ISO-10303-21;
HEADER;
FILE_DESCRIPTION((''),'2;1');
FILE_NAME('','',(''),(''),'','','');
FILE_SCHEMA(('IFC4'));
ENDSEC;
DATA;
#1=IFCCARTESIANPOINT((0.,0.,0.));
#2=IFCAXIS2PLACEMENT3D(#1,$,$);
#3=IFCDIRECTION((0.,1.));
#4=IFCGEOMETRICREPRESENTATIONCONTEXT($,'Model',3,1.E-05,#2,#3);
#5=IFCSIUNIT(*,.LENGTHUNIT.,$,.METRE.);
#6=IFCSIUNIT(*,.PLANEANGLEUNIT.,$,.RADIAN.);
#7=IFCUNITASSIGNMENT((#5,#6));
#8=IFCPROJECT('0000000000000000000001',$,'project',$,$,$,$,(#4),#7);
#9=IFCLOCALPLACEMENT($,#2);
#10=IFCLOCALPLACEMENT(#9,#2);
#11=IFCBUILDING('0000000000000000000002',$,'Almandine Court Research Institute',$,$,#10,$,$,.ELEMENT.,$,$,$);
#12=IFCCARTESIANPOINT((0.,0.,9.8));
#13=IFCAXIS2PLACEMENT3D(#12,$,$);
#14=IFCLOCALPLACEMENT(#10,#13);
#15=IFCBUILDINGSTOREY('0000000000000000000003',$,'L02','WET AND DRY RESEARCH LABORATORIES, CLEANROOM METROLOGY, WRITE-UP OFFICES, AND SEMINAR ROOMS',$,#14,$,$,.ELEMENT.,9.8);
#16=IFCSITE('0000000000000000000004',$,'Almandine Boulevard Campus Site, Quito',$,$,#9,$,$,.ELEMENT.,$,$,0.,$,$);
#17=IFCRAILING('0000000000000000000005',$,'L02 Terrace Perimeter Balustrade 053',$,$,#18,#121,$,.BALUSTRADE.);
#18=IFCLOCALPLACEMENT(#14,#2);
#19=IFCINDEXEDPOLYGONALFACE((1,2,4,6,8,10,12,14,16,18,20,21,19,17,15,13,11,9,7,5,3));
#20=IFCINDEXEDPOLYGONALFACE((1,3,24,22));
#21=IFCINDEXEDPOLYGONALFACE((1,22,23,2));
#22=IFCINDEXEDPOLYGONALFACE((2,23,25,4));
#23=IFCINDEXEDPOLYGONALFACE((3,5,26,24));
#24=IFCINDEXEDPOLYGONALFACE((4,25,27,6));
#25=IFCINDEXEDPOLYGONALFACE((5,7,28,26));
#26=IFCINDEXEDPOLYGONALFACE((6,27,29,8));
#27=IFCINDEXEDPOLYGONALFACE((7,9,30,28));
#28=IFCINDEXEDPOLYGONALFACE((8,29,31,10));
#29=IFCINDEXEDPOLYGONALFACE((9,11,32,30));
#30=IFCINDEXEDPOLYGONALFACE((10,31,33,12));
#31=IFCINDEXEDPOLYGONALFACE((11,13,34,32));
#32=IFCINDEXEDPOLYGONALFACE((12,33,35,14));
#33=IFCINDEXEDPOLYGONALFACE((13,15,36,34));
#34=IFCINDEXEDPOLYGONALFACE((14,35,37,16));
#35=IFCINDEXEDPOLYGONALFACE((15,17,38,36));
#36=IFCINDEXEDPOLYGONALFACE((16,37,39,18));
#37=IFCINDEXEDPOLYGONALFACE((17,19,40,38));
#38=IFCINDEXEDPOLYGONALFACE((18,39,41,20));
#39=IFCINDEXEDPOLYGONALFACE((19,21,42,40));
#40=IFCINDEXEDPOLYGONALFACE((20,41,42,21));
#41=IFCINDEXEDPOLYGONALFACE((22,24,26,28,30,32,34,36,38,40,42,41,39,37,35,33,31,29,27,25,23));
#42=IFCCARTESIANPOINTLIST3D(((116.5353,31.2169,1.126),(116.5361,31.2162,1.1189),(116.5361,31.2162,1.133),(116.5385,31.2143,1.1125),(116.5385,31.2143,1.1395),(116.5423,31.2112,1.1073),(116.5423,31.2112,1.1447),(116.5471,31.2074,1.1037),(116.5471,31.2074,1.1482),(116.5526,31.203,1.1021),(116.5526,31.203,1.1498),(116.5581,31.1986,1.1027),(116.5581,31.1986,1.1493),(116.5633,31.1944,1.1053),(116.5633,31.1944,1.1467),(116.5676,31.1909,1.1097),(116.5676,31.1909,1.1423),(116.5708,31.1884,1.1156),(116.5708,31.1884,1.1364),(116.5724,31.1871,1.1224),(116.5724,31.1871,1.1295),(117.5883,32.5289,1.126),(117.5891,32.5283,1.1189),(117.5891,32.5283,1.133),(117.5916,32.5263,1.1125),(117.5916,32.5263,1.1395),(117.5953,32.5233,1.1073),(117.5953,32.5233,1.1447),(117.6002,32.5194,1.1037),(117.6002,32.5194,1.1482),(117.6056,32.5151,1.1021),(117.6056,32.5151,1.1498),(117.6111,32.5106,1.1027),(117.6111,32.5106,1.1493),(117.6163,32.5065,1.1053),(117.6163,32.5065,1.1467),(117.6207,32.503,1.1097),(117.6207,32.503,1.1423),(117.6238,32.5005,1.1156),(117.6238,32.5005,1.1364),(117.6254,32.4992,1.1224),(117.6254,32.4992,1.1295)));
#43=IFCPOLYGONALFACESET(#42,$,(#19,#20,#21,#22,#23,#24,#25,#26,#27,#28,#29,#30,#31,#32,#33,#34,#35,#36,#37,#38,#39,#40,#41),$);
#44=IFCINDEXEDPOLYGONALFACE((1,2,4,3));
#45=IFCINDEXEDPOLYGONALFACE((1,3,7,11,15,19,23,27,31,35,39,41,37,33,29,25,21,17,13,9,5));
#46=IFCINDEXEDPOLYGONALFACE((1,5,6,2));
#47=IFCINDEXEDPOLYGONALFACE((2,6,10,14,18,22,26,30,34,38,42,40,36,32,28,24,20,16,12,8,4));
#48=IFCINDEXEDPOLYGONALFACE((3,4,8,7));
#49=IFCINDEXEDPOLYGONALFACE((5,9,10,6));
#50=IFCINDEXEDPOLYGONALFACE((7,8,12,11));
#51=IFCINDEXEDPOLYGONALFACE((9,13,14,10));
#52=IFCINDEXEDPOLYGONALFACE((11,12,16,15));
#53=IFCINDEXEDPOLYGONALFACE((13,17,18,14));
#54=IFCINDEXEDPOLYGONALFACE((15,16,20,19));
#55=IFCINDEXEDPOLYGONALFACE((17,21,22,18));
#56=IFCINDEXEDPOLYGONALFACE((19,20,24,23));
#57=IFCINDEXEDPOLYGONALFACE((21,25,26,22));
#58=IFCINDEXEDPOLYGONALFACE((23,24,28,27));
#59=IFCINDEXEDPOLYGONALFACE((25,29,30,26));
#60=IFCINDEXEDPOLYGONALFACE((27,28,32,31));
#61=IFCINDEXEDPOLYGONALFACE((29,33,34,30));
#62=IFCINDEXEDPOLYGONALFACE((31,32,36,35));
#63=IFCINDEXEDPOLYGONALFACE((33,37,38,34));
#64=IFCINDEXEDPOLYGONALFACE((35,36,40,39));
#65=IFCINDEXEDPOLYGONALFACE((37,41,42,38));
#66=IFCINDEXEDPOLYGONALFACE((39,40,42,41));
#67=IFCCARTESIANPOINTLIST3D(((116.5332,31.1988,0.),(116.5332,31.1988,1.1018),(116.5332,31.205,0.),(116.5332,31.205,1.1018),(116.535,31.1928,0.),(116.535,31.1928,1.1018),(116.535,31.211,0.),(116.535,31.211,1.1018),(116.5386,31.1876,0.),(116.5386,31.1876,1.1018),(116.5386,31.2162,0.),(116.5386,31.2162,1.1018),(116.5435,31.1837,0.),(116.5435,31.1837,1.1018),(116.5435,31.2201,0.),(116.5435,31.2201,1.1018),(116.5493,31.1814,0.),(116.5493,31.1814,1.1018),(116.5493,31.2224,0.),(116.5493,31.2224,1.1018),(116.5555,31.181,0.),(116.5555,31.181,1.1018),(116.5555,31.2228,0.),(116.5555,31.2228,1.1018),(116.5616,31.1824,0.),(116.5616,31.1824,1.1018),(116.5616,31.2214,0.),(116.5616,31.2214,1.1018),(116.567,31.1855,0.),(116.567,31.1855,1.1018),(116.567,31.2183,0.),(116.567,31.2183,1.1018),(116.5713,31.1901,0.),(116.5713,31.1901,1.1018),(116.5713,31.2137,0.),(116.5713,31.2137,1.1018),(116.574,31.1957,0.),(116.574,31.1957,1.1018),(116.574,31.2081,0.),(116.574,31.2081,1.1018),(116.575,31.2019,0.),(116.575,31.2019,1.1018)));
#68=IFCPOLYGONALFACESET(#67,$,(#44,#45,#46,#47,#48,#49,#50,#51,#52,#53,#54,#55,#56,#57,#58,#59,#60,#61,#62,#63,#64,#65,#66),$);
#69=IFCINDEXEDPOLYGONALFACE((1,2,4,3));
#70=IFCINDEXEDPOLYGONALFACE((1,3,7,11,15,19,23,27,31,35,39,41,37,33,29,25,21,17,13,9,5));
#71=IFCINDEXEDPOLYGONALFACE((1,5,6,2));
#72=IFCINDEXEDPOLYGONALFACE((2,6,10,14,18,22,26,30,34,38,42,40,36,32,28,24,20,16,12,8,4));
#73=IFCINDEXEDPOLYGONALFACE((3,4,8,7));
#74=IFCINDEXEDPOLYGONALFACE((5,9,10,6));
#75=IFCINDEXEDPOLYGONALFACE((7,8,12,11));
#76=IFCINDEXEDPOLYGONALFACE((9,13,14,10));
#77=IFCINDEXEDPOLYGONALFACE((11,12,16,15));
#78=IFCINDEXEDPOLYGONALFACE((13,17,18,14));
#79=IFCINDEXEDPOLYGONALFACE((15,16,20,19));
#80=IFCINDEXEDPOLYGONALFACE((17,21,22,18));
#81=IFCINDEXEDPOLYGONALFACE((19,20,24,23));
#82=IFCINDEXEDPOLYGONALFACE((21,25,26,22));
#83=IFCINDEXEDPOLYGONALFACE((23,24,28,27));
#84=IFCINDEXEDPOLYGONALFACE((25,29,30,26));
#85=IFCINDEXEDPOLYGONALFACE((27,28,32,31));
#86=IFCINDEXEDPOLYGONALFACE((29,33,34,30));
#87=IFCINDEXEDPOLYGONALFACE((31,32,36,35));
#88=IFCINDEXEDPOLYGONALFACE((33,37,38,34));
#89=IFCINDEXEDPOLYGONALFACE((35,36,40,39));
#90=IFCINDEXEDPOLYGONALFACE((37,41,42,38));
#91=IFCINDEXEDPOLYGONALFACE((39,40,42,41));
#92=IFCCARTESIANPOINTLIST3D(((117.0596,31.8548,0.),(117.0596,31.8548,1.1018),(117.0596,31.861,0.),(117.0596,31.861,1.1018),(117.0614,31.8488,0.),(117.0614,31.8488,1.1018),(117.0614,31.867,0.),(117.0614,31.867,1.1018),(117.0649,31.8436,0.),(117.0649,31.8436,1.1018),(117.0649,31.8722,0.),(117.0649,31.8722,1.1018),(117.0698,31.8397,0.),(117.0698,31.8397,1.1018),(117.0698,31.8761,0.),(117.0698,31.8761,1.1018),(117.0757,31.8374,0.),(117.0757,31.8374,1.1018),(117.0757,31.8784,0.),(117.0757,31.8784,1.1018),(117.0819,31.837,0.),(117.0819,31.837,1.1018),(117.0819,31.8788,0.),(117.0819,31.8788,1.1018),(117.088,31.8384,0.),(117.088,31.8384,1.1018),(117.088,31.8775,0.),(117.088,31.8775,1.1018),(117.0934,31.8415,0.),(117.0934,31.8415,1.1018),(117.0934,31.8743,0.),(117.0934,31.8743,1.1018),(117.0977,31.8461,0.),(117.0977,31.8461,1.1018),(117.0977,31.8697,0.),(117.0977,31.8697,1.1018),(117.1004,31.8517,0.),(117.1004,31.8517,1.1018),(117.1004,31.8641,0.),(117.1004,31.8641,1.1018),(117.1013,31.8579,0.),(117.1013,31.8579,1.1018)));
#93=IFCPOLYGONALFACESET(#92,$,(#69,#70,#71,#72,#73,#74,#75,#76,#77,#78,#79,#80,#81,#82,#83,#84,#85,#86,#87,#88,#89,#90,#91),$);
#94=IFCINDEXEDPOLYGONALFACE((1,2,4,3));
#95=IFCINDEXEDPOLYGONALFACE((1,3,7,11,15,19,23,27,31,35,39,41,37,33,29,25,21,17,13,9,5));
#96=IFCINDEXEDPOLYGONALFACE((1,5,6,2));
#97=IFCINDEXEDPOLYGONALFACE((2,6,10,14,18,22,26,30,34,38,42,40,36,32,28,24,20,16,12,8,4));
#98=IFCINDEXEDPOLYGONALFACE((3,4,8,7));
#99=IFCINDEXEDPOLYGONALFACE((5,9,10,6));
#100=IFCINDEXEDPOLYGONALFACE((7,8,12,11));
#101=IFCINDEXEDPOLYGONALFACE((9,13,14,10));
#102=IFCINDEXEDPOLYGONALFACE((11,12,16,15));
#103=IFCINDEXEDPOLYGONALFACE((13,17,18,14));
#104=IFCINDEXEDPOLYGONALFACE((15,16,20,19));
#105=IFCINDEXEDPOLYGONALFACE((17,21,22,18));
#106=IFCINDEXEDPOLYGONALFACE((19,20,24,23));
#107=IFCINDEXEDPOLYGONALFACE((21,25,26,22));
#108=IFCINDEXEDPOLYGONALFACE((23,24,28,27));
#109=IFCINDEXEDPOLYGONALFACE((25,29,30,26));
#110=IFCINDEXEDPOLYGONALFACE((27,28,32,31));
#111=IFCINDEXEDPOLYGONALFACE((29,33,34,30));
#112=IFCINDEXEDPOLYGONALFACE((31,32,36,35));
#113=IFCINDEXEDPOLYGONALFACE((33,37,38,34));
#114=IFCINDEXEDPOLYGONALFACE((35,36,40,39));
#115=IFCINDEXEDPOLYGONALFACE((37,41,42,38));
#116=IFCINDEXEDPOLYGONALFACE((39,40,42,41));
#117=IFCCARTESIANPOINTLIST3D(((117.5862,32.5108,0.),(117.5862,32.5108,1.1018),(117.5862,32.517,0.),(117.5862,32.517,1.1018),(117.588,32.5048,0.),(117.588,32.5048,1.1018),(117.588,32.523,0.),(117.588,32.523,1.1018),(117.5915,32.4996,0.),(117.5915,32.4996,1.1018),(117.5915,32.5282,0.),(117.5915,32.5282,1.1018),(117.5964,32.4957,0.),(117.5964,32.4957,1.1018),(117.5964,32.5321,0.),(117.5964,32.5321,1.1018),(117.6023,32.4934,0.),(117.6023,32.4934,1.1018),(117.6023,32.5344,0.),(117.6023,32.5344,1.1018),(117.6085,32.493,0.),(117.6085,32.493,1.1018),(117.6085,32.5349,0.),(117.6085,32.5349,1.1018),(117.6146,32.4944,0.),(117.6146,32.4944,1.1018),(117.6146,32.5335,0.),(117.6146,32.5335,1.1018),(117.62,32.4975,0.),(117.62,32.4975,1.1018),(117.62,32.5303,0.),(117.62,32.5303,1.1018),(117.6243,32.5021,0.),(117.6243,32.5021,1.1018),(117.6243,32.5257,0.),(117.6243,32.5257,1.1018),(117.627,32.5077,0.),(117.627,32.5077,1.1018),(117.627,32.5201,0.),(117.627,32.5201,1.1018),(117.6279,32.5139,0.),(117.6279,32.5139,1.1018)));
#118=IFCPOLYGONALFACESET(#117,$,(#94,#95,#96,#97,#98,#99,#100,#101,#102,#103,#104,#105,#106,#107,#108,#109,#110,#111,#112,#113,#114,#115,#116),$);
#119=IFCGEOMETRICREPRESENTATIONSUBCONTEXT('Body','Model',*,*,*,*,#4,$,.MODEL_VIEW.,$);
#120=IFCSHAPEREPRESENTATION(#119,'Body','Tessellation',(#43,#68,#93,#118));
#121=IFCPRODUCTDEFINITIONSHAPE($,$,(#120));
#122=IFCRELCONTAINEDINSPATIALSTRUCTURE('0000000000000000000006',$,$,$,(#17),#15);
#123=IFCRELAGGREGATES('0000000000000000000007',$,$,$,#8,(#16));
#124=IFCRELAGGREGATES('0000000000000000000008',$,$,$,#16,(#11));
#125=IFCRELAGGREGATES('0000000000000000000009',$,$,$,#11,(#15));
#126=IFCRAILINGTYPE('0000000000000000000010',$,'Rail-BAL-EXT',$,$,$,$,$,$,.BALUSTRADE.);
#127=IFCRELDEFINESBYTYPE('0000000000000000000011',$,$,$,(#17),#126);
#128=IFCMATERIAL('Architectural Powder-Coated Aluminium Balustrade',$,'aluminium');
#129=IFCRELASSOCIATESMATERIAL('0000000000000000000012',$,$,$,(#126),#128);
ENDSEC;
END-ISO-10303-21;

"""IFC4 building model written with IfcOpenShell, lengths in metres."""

from ifc_helpers import new_model, si_unit, direction, frame, origin, origin_2d, place, context, subcontext, project, spatial, circle, extrude, material, type_object, element, save


model = new_model("IFC4")

# Units and contexts
model_context = context("Model", 3, precision=1e-05, world=origin(), true_north=direction((0.0, 1.0)))
body_context = subcontext(model_context, "Body", "Model", "MODEL_VIEW")
ifc_project = project(units=[si_unit("LENGTHUNIT", "METRE"), si_unit("PLANEANGLEUNIT", "RADIAN")], contexts=[model_context])

# Site, building, storey
site_placement = place(None, origin())
site = spatial("IfcSite", under=ifc_project, at=site_placement, Name="Almandine Boulevard Campus Site, Quito", CompositionType="ELEMENT", RefElevation=0.0)
building_placement = place(site_placement, origin())
building = spatial("IfcBuilding", under=site, at=building_placement, Name="Almandine Court Research Institute", CompositionType="ELEMENT")
storey_placement = place(building_placement, frame((0.0, 0.0, 9.8)))
storey = spatial("IfcBuildingStorey", under=building, at=storey_placement, Name="L02", Description="WET AND DRY RESEARCH LABORATORIES, CLEANROOM METROLOGY, WRITE-UP OFFICES, AND SEMINAR ROOMS", CompositionType="ELEMENT", Elevation=9.8)

# Railing
ifc_material_1 = material(Name="Architectural Powder-Coated Aluminium Balustrade", Category="aluminium")
railing_type = type_object("IfcRailingType", Name="Rail-BAL-EXT", PredefinedType="BALUSTRADE", material=ifc_material_1)
railing_1_placement = place(storey_placement, frame((116.554, 31.2019, 0.0)))
element("IfcRailing", 1, at=railing_1_placement, inside=storey, type_object=railing_type, Name="L02 Terrace Perimeter Balustrade 053", PredefinedType="BALUSTRADE", context=body_context, shape_type="SweptSolid", body=[
    extrude(circle(Radius=0.0239, at=origin_2d()), frame((0.0, 0.0, 1.126), z_axis=(0.625915, 0.779891, 0.0), x_axis=(-0.779891, 0.625915, 0.0)), (0.0, 0.0, 1.0), 1.6824),
    extrude(circle(Radius=0.021, at=origin_2d()), origin(), (0.0, 0.0, 1.0), 1.1018),
    extrude(circle(Radius=0.021, at=origin_2d()), frame((0.5264, 0.656, 0.0)), (0.0, 0.0, 1.0), 1.1018),
    extrude(circle(Radius=0.021, at=origin_2d()), frame((1.053, 1.312, 0.0)), (0.0, 0.0, 1.0), 1.1018),
])

save(model, "model.ifc")
